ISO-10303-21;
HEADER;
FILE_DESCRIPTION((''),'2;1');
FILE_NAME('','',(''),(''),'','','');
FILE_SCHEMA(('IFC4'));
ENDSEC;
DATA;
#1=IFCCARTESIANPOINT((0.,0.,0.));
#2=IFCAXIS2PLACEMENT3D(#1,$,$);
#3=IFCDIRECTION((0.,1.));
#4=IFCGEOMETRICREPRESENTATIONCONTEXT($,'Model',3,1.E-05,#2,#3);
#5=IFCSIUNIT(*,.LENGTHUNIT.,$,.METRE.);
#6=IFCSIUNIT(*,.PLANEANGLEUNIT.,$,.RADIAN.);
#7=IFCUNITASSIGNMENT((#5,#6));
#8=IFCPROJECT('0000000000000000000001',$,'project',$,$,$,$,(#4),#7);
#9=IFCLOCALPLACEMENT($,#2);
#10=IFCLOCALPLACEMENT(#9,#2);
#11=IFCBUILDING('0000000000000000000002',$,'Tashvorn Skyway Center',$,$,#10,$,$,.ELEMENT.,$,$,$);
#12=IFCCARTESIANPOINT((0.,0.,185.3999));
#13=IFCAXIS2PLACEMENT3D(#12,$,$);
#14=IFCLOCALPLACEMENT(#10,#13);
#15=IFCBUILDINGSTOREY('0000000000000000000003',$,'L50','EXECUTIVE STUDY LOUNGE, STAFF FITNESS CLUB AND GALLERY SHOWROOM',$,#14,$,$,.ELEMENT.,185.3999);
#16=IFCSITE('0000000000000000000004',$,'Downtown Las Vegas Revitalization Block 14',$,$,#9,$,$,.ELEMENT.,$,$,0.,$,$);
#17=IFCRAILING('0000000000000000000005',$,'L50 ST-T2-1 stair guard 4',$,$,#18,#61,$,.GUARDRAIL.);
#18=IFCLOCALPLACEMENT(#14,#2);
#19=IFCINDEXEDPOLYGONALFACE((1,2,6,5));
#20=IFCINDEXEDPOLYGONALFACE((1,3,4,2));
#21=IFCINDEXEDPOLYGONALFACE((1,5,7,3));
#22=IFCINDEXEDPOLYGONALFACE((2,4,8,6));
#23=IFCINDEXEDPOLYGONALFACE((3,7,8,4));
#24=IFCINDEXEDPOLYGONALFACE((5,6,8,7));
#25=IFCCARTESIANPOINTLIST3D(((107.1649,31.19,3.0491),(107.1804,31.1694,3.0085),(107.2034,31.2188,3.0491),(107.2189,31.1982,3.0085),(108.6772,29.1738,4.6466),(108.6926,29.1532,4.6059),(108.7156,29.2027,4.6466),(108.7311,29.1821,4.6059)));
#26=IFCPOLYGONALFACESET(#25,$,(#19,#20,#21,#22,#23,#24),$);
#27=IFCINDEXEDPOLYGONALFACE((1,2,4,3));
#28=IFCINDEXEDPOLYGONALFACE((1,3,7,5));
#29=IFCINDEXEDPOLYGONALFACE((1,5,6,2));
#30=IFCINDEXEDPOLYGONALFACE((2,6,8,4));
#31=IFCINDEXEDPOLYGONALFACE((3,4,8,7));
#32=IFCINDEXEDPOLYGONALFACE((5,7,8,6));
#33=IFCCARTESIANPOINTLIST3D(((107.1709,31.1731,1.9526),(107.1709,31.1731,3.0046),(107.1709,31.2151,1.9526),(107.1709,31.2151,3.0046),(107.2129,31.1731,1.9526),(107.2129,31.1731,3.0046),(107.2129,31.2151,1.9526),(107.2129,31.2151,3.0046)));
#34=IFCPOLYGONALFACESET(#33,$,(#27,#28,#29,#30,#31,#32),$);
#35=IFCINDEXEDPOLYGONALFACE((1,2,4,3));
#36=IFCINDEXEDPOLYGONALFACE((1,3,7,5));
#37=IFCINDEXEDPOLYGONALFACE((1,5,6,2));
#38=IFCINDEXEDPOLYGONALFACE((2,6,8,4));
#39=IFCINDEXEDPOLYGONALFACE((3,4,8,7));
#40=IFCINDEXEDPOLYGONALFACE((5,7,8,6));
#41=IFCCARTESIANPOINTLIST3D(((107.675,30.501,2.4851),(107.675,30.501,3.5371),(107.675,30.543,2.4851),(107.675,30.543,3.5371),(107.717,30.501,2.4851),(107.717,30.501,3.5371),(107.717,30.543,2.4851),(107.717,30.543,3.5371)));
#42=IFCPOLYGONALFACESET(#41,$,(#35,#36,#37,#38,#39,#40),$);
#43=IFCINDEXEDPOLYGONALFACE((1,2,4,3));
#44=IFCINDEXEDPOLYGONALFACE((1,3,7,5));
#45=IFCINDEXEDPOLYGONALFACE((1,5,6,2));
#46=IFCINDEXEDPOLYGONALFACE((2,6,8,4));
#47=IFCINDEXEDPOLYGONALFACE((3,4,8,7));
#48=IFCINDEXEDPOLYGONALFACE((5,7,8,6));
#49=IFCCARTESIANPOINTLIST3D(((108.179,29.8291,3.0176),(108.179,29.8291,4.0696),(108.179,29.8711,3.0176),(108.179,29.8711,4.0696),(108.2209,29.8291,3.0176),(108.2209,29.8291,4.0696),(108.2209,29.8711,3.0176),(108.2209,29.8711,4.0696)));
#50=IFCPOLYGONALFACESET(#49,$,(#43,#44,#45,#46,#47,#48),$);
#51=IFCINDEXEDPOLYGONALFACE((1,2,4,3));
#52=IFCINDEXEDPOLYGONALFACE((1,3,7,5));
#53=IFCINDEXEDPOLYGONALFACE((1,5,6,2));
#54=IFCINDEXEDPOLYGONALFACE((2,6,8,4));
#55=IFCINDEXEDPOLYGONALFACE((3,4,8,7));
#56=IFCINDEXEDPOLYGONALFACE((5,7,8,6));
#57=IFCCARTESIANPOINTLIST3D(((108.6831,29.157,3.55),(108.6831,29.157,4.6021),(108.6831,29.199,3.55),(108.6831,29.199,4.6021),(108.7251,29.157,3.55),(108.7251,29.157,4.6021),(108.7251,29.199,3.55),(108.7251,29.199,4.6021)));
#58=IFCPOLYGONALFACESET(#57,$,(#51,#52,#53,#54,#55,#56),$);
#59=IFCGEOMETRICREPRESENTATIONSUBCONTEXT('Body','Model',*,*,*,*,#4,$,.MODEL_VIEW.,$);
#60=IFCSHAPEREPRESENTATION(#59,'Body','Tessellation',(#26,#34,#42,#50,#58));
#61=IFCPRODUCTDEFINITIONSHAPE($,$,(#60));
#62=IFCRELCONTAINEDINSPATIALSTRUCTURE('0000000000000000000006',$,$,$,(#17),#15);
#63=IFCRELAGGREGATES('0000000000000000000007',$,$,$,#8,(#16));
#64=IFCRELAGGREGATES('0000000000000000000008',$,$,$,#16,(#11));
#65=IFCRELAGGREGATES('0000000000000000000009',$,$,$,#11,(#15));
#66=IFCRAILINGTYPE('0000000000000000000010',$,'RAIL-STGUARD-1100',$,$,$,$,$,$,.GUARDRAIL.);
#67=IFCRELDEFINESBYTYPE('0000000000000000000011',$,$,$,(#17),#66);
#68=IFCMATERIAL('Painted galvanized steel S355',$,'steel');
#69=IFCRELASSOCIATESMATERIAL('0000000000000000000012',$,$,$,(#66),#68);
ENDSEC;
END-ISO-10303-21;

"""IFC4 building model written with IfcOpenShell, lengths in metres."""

from ifc_helpers import new_model, si_unit, direction, frame, origin, origin_2d, place, context, subcontext, project, spatial, rectangle, extrude, material, type_object, element, save


model = new_model("IFC4")

# Units and contexts
model_context = context("Model", 3, precision=1e-05, world=origin(), true_north=direction((0.0, 1.0)))
body_context = subcontext(model_context, "Body", "Model", "MODEL_VIEW")
ifc_project = project(units=[si_unit("LENGTHUNIT", "METRE"), si_unit("PLANEANGLEUNIT", "RADIAN")], contexts=[model_context])

# Site, building, storey
site_placement = place(None, origin())
site = spatial("IfcSite", under=ifc_project, at=site_placement, Name="Downtown Las Vegas Revitalization Block 14", CompositionType="ELEMENT", RefElevation=0.0)
building_placement = place(site_placement, origin())
building = spatial("IfcBuilding", under=site, at=building_placement, Name="Tashvorn Skyway Center", CompositionType="ELEMENT")
storey_placement = place(building_placement, frame((0.0, 0.0, 185.3999)))
storey = spatial("IfcBuildingStorey", under=building, at=storey_placement, Name="L50", Description="EXECUTIVE STUDY LOUNGE, STAFF FITNESS CLUB AND GALLERY SHOWROOM", CompositionType="ELEMENT", Elevation=185.3999)

# Railing
ifc_material_1 = material(Name="Painted galvanized steel S355", Category="steel")
railing_type_1 = type_object("IfcRailingType", Name="RAIL-STGUARD-1100", PredefinedType="GUARDRAIL", material=ifc_material_1)
railing_1_placement = place(storey_placement, frame((107.1919, 31.1941, 1.9526)))
element("IfcRailing", 1, at=railing_1_placement, inside=storey, type_object=railing_type_1, Name="L50 ST-T2-1 stair guard 4", PredefinedType="GUARDRAIL", context=body_context, shape_type="SweptSolid", body=[
    extrude(rectangle(XDim=0.0481, YDim=0.0481, at=origin_2d()), frame((0.0, 0.0, 1.0762), z_axis=(0.506802, -0.675681, 0.535357), x_axis=(0.799977, 0.600031, 0.0)), (0.0, 0.0, 1.0), 2.9839),
    extrude(rectangle(XDim=0.042, YDim=0.042, at=origin_2d()), origin(), (0.0, 0.0, 1.0), 1.052),
    extrude(rectangle(XDim=0.042, YDim=0.042, at=origin_2d()), frame((0.5042, -0.6721, 0.5325)), (0.0, 0.0, 1.0), 1.052),
    extrude(rectangle(XDim=0.042, YDim=0.042, at=origin_2d()), frame((1.0081, -1.344, 1.0649)), (0.0, 0.0, 1.0), 1.052),
    extrude(rectangle(XDim=0.042, YDim=0.042, at=origin_2d()), frame((1.5122, -2.0161, 1.5974)), (0.0, 0.0, 1.0), 1.052),
])

save(model, "model.ifc")
